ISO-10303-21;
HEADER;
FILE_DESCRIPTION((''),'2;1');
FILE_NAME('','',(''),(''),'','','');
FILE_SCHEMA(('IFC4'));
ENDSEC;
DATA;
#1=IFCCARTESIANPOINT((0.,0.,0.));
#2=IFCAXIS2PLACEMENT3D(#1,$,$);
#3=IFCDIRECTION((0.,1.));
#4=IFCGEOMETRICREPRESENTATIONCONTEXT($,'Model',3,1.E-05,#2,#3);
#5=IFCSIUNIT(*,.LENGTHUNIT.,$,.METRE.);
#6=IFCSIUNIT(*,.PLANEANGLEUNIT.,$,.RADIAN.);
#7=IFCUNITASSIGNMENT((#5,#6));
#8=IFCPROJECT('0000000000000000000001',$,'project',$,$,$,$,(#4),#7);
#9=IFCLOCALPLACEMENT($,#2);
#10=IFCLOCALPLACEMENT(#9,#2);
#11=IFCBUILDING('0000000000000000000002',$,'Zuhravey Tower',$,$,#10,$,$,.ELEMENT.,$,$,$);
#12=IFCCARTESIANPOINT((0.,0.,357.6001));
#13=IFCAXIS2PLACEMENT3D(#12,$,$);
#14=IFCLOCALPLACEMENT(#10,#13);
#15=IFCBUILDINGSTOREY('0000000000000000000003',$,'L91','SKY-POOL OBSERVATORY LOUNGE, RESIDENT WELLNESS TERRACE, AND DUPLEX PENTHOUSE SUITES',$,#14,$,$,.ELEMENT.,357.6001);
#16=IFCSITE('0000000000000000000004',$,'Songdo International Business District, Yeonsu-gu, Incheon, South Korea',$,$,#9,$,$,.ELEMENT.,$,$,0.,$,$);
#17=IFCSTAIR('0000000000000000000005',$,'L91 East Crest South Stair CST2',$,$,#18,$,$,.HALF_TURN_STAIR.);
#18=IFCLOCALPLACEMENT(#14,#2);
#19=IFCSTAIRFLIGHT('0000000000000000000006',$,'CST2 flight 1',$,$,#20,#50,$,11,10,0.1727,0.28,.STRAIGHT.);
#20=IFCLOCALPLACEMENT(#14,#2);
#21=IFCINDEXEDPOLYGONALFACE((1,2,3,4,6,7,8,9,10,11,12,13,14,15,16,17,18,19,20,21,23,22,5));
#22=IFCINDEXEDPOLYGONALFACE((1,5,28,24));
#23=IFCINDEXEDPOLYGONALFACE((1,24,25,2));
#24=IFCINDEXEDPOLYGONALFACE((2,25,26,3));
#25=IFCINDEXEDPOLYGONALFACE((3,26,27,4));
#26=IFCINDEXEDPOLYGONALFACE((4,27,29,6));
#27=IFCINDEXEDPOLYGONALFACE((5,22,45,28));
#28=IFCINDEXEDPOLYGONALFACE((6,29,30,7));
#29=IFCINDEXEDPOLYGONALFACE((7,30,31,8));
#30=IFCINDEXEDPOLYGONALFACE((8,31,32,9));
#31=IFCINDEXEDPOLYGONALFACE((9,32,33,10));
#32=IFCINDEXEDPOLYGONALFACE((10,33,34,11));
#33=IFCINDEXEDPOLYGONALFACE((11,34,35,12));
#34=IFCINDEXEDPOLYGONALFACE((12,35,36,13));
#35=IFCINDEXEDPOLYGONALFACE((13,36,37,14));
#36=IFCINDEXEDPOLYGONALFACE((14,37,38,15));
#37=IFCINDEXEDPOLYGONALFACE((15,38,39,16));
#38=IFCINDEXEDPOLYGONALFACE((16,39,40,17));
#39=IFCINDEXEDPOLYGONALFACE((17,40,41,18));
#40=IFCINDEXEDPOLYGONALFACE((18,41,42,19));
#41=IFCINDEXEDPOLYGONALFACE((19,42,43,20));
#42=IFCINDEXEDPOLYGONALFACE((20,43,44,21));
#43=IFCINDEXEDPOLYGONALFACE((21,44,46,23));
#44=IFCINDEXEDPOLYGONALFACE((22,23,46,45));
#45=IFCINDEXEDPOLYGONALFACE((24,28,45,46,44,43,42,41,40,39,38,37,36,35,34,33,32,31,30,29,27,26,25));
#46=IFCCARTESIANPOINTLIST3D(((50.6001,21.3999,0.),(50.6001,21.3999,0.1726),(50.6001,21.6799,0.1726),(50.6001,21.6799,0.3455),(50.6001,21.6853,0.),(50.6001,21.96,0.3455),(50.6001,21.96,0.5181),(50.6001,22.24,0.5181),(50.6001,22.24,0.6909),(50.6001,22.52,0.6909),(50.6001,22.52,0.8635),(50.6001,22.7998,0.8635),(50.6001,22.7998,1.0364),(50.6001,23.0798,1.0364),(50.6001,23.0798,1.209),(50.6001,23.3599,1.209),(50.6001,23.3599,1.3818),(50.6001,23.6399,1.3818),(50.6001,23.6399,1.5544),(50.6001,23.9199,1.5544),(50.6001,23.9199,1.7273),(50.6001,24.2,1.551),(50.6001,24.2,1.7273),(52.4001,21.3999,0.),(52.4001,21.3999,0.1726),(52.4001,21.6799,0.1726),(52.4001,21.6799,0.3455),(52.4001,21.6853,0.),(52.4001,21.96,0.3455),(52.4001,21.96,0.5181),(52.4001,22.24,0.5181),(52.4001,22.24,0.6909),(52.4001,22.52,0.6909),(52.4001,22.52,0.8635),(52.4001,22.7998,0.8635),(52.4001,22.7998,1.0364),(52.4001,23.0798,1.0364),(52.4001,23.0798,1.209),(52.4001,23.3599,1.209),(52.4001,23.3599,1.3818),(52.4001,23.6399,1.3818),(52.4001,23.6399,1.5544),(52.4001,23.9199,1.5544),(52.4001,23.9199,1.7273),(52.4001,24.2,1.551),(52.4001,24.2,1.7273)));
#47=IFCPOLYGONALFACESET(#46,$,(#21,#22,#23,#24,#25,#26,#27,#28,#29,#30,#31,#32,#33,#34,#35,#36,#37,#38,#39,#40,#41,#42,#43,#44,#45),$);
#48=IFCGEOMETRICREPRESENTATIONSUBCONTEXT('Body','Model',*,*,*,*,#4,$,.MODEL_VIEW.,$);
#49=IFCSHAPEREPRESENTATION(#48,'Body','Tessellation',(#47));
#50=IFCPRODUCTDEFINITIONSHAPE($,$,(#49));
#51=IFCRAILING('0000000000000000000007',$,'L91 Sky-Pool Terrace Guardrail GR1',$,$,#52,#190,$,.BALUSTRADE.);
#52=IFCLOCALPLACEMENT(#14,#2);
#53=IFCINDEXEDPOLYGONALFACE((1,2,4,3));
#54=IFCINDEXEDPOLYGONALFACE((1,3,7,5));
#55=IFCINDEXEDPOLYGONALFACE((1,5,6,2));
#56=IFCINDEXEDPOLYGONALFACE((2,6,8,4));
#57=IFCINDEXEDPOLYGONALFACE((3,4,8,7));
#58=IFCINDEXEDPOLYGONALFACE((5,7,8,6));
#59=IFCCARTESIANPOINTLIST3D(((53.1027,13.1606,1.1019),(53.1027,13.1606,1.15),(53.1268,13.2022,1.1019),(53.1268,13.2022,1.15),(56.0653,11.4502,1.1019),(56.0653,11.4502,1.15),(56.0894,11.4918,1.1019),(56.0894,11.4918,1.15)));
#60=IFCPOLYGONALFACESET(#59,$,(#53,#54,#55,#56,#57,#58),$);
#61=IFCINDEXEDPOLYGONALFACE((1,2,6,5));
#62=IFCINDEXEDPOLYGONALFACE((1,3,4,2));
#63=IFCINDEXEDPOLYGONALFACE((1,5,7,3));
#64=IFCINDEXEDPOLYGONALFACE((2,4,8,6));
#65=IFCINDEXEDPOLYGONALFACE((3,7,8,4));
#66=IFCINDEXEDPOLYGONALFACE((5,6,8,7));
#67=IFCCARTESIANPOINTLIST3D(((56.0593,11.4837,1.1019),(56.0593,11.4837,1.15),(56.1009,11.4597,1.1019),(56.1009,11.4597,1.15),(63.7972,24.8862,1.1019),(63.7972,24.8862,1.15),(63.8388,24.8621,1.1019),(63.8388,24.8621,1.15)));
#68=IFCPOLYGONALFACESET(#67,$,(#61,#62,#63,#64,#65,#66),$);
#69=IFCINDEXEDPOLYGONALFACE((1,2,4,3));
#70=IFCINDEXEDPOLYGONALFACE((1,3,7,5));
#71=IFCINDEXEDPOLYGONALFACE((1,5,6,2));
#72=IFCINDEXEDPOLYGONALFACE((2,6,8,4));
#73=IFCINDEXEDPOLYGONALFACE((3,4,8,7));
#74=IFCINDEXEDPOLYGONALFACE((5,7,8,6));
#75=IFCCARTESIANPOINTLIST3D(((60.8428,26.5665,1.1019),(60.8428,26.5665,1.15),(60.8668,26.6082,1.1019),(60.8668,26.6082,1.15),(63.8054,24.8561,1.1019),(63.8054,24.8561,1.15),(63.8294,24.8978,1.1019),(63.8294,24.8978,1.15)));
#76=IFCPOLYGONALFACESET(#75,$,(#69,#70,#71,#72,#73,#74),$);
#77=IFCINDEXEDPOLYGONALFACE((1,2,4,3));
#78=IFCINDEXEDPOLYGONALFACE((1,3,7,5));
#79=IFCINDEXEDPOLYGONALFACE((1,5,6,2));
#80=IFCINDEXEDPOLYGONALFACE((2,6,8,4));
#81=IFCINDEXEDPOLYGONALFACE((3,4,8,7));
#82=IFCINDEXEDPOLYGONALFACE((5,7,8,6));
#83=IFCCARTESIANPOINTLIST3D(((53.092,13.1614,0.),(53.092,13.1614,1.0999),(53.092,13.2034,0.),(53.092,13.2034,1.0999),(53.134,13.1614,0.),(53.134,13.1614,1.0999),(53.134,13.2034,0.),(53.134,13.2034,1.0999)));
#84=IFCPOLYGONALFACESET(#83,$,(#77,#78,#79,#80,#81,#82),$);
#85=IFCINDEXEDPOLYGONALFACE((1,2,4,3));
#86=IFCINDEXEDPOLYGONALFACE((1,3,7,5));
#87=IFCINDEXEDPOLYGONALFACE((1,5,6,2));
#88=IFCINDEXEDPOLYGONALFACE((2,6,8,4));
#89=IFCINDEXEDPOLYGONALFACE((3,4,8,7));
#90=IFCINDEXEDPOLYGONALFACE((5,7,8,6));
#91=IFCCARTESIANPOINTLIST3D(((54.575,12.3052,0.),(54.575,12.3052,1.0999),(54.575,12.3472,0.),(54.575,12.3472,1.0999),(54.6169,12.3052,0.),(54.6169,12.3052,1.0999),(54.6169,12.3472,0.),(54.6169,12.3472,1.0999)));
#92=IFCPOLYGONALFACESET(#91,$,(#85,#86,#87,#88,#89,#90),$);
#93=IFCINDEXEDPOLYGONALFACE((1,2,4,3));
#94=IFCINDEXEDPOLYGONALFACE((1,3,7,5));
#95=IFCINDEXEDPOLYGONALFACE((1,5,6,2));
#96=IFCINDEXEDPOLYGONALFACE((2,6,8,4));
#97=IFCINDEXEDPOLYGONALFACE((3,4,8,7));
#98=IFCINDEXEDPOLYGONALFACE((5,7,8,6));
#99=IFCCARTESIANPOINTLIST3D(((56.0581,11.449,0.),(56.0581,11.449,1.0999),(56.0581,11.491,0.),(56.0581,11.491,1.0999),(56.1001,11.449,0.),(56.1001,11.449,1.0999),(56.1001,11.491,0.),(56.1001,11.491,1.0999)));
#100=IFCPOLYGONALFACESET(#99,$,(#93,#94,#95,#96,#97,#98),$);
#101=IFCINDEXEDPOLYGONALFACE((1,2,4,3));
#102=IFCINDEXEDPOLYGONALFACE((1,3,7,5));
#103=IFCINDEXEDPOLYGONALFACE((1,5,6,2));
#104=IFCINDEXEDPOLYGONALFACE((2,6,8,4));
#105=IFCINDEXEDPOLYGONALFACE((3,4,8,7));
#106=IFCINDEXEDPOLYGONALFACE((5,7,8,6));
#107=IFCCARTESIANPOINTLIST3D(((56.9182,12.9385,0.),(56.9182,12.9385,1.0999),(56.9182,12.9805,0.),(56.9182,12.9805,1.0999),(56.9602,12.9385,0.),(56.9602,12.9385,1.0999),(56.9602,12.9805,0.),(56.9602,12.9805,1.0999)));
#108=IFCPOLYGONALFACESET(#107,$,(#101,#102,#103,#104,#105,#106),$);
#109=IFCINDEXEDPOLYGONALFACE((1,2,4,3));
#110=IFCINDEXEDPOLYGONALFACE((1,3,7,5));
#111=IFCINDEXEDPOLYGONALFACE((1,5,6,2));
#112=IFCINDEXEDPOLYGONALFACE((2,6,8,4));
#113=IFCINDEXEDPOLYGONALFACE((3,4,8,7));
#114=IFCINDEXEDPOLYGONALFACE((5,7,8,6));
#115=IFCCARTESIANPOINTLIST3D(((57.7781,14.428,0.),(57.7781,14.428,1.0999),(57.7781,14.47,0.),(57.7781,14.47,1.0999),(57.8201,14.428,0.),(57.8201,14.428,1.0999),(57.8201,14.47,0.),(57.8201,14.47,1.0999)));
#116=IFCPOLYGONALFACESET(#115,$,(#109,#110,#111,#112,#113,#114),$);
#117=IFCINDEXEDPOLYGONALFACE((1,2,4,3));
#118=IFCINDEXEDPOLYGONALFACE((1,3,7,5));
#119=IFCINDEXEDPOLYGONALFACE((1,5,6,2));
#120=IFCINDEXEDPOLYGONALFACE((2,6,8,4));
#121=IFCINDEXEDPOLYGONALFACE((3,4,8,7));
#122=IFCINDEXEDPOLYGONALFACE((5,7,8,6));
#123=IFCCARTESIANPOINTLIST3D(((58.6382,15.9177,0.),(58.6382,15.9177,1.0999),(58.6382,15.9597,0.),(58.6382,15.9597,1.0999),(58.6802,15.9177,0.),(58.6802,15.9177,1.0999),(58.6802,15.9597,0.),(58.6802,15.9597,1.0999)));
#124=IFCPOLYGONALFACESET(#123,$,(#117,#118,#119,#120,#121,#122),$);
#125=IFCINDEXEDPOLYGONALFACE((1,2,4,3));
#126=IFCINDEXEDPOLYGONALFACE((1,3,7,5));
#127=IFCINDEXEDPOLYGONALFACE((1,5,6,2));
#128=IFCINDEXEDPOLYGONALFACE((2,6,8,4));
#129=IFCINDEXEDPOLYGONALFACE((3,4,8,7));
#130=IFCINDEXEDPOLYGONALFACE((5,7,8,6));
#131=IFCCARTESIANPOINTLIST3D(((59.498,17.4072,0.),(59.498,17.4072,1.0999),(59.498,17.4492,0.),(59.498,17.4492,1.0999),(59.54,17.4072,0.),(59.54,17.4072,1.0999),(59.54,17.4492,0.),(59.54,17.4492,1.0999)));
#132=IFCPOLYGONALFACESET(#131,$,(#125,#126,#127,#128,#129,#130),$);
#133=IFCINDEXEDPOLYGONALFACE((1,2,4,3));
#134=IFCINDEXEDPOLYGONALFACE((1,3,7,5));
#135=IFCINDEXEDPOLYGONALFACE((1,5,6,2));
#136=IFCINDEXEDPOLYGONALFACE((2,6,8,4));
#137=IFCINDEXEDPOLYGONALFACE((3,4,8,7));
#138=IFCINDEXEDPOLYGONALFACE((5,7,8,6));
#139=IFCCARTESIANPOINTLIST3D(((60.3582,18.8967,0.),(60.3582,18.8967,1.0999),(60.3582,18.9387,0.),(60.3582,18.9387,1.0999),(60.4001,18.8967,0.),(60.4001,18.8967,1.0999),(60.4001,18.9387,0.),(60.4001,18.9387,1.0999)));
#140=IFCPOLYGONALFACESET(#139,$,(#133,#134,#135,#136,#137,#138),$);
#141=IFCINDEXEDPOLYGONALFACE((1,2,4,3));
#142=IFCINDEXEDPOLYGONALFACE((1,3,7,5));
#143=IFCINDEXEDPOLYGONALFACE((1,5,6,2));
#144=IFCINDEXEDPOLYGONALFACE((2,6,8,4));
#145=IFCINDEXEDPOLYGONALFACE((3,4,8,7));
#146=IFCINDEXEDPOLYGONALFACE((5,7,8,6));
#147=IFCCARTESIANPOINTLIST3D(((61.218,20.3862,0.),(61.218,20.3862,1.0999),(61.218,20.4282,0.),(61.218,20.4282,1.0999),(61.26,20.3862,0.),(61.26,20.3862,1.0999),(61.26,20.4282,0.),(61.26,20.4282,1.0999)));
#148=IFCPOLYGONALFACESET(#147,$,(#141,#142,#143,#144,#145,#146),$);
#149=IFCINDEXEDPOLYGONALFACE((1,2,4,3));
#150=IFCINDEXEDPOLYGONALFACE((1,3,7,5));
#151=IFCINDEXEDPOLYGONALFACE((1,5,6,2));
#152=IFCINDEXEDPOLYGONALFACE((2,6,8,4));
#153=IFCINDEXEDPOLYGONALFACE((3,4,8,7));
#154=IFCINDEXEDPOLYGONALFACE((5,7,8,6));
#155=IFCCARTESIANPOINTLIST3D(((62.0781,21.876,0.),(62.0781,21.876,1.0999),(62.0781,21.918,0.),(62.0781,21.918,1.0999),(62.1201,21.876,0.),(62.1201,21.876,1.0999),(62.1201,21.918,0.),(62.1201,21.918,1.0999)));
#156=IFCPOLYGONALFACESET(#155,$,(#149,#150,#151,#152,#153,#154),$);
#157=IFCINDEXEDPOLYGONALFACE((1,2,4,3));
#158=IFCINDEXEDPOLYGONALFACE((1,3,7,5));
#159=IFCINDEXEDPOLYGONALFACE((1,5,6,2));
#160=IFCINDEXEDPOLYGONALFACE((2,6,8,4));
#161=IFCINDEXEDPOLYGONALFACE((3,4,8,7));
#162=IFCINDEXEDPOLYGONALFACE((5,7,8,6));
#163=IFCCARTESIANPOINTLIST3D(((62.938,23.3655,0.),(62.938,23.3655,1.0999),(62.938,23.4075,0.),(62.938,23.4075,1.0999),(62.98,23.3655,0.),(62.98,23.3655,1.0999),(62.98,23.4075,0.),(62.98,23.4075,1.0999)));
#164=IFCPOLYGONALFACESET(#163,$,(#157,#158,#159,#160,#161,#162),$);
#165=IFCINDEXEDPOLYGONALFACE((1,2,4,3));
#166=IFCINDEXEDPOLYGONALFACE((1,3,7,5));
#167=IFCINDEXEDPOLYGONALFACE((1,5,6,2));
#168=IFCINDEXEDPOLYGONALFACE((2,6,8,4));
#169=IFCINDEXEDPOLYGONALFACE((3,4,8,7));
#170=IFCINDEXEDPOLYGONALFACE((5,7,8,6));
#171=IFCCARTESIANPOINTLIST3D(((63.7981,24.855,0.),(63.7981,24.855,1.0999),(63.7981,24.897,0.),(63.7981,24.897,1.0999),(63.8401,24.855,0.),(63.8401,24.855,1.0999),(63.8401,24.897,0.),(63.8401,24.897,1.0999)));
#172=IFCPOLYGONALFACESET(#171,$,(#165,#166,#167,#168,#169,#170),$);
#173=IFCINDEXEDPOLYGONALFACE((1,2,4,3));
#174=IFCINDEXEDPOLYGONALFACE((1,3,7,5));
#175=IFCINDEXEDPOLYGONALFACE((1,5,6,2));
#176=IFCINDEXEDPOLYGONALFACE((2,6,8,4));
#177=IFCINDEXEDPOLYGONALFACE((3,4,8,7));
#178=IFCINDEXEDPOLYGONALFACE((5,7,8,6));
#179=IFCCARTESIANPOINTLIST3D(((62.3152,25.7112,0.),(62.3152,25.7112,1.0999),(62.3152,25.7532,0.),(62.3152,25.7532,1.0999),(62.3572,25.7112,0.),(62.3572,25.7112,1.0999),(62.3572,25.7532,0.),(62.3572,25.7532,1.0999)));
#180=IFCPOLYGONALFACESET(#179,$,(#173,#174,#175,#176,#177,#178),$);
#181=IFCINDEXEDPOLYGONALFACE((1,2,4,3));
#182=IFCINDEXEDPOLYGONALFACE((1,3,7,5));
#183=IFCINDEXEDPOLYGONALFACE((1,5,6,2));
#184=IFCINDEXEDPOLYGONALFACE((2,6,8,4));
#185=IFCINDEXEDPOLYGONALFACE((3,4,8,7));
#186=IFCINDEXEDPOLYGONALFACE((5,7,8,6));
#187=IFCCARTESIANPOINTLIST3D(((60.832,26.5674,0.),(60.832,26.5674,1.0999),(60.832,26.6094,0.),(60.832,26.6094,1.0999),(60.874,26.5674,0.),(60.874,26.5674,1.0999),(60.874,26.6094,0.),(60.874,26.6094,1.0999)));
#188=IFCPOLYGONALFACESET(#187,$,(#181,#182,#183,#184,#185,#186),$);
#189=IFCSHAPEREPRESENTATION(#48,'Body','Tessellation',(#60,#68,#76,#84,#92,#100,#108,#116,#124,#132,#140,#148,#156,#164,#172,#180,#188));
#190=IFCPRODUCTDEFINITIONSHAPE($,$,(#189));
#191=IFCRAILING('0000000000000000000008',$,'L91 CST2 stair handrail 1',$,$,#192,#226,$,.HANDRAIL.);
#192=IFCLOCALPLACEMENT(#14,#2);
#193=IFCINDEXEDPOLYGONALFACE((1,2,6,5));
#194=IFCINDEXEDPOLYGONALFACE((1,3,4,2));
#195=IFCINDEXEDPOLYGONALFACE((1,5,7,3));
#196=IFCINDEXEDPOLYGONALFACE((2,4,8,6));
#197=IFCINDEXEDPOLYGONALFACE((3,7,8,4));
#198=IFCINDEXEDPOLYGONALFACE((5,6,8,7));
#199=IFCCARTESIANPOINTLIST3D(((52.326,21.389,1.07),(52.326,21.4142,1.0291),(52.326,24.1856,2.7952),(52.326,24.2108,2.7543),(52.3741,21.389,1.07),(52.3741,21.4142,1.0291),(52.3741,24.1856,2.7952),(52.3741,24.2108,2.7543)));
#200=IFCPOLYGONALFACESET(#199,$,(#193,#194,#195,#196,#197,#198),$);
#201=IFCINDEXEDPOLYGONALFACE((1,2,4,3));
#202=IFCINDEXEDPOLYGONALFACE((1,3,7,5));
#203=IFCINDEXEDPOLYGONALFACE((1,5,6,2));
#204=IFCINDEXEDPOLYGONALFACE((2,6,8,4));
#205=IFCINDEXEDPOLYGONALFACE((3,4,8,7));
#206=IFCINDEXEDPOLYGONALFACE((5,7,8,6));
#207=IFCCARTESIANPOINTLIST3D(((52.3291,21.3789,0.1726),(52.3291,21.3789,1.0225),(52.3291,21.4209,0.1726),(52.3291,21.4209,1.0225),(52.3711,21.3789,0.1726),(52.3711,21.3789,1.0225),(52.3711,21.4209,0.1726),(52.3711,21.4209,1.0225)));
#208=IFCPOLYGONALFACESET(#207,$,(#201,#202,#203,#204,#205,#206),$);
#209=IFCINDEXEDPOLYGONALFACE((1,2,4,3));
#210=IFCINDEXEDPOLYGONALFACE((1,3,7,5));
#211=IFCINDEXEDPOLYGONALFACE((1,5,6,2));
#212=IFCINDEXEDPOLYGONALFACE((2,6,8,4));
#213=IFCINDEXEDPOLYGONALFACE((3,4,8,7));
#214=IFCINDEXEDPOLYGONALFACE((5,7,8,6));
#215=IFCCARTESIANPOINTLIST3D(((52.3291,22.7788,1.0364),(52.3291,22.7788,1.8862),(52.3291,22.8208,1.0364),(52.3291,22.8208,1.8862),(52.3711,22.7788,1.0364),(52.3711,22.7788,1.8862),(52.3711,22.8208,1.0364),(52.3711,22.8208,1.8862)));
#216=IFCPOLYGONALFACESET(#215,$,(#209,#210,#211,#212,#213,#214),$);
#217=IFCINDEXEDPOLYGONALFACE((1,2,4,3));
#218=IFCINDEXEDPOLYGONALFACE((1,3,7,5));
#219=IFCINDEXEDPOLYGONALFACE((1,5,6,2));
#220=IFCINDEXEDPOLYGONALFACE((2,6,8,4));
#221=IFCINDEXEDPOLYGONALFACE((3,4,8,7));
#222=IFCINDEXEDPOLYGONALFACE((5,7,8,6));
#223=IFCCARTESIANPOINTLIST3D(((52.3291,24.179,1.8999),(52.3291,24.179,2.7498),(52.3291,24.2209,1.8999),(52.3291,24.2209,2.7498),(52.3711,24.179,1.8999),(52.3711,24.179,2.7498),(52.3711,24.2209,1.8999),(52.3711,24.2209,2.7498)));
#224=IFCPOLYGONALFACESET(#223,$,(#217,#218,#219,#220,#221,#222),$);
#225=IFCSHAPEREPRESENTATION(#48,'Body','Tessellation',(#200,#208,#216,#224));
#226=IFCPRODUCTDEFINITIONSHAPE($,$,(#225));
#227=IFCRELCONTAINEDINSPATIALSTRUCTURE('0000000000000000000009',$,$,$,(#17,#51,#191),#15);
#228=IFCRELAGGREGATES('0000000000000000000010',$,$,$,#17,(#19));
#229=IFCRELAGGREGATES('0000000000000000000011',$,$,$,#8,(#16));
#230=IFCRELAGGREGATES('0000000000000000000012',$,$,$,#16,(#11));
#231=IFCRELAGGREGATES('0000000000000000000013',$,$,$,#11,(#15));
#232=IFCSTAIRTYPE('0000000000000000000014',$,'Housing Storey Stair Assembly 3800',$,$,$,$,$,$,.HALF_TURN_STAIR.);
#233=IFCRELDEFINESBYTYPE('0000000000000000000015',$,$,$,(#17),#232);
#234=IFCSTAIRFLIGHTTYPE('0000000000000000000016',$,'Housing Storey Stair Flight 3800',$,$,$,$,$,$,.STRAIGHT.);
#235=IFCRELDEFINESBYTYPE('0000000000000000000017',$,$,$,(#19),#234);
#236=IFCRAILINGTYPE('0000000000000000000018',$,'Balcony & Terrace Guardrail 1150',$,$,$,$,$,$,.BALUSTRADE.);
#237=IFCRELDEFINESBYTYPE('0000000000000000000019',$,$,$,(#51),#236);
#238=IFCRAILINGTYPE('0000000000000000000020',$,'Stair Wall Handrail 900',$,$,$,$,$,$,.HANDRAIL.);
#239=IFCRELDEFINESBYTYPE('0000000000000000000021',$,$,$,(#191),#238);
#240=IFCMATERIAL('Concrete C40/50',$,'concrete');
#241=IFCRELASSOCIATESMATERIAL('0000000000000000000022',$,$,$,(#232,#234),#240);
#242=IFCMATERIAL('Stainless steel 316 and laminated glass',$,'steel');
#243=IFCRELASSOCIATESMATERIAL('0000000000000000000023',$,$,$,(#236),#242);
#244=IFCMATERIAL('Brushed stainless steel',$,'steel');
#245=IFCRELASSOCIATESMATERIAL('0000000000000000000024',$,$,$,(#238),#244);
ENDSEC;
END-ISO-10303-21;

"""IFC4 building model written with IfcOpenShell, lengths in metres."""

from ifc_helpers import new_model, si_unit, direction, frame, origin, origin_2d, place, context, subcontext, project, spatial, polyline, rectangle, outline, extrude, material, type_object, element, aggregate, save


model = new_model("IFC4")

# Units and contexts
model_context = context("Model", 3, precision=1e-05, world=origin(), true_north=direction((0.0, 1.0)))
body_context = subcontext(model_context, "Body", "Model", "MODEL_VIEW")
ifc_project = project(units=[si_unit("LENGTHUNIT", "METRE"), si_unit("PLANEANGLEUNIT", "RADIAN")], contexts=[model_context])

# Site, building, storey
site_placement = place(None, origin())
site = spatial("IfcSite", under=ifc_project, at=site_placement, Name="Songdo International Business District, Yeonsu-gu, Incheon, South Korea", CompositionType="ELEMENT", RefElevation=0.0)
building_placement = place(site_placement, origin())
building = spatial("IfcBuilding", under=site, at=building_placement, Name="Zuhravey Tower", CompositionType="ELEMENT")
storey_placement = place(building_placement, frame((0.0, 0.0, 357.6001)))
storey = spatial("IfcBuildingStorey", under=building, at=storey_placement, Name="L91", Description="SKY-POOL OBSERVATORY LOUNGE, RESIDENT WELLNESS TERRACE, AND DUPLEX PENTHOUSE SUITES", CompositionType="ELEMENT", Elevation=357.6001)

# Stair, stair flight
ifc_material_1 = material(Name="Concrete C40/50", Category="concrete")
stair_type = type_object("IfcStairType", Name="Housing Storey Stair Assembly 3800", PredefinedType="HALF_TURN_STAIR", material=ifc_material_1)
stair_placement = place(storey_placement, origin())
stair = element("IfcStair", 1, at=stair_placement, inside=storey, type_object=stair_type, Name="L91 East Crest South Stair CST2", PredefinedType="HALF_TURN_STAIR")
stair_flight_type = type_object("IfcStairFlightType", Name="Housing Storey Stair Flight 3800", PredefinedType="STRAIGHT", material=ifc_material_1)
stair_flight_placement = place(storey_placement, frame((51.5, 21.3999, 0.0), z_axis=(0.0, 0.0, 1.0), x_axis=(0.0, 1.0, 0.0)))
stair_flight = element("IfcStairFlight", 2, at=stair_flight_placement, type_object=stair_flight_type, Name="CST2 flight 1", NumberOfRisers=11, NumberOfTreads=10, PredefinedType="STRAIGHT", RiserHeight=0.1727, TreadLength=0.28, context=body_context, shape_type="SweptSolid", body=[
    extrude(outline(polyline([(0.0, 0.0), (0.0, 0.1726), (0.28, 0.1726), (0.28, 0.3455), (0.5601, 0.3455), (0.5601, 0.5181), (0.8401, 0.5181), (0.8401, 0.6909), (1.1201, 0.6909), (1.1201, 0.8635), (1.3999, 0.8635), (1.3999, 1.0364), (1.6799, 1.0364), (1.6799, 1.209), (1.96, 1.209), (1.96, 1.3818), (2.24, 1.3818), (2.24, 1.5544), (2.52, 1.5544), (2.52, 1.7273), (2.8, 1.7273), (2.8, 1.8999), (2.8, 1.551), (0.2854, 0.0), (0.0, 0.0)])), frame((0.0, 0.8999, 0.0), z_axis=(0.0, -1.0, 0.0), x_axis=(1.0, 0.0, 0.0)), (0.0, 0.0, 1.0), 1.8),
])
aggregate(stair, [stair_flight])

# Railings
ifc_material_2 = material(Name="Stainless steel 316 and laminated glass", Category="steel")
railing_type_1 = type_object("IfcRailingType", Name="Balcony & Terrace Guardrail 1150", PredefinedType="BALUSTRADE", material=ifc_material_2)
railing_1_placement = place(storey_placement, frame((53.113, 13.1824, 0.0)))
element("IfcRailing", 3, at=railing_1_placement, inside=storey, type_object=railing_type_1, Name="L91 Sky-Pool Terrace Guardrail GR1", PredefinedType="BALUSTRADE", context=body_context, shape_type="SweptSolid", body=[
    extrude(rectangle(XDim=0.0481, YDim=0.0481, at=origin_2d()), frame((0.0017, -0.001, 1.126), z_axis=(0.866032, -0.499988, 0.0), x_axis=(0.499988, 0.866032, 0.0)), (0.0, 0.0, 1.0), 3.4209),
    extrude(rectangle(XDim=0.0481, YDim=0.0481, at=origin_2d()), frame((2.967, -1.7107, 1.126), z_axis=(0.500001, 0.866025, 0.0), x_axis=(-0.866025, 0.500001, 0.0)), (0.0, 0.0, 1.0), 15.4758),
    extrude(rectangle(XDim=0.0481, YDim=0.0481, at=origin_2d()), frame((10.7043, 11.6946, 1.126), z_axis=(-0.866032, 0.499988, 0.0), x_axis=(-0.499988, -0.866032, 0.0)), (0.0, 0.0, 1.0), 3.4209),
    extrude(rectangle(XDim=0.042, YDim=0.042, at=origin_2d()), origin(), (0.0, 0.0, 1.0), 1.0999),
    extrude(rectangle(XDim=0.042, YDim=0.042, at=origin_2d()), frame((1.4829, -0.8562, 0.0)), (0.0, 0.0, 1.0), 1.0999),
    extrude(rectangle(XDim=0.042, YDim=0.042, at=origin_2d()), frame((2.9661, -1.7124, 0.0)), (0.0, 0.0, 1.0), 1.0999),
    extrude(rectangle(XDim=0.042, YDim=0.042, at=origin_2d()), frame((3.8262, -0.2229, 0.0)), (0.0, 0.0, 1.0), 1.0999),
    extrude(rectangle(XDim=0.042, YDim=0.042, at=origin_2d()), frame((4.686, 1.2666, 0.0)), (0.0, 0.0, 1.0), 1.0999),
    extrude(rectangle(XDim=0.042, YDim=0.042, at=origin_2d()), frame((5.5461, 2.7563, 0.0)), (0.0, 0.0, 1.0), 1.0999),
    extrude(rectangle(XDim=0.042, YDim=0.042, at=origin_2d()), frame((6.406, 4.2458, 0.0)), (0.0, 0.0, 1.0), 1.0999),
    extrude(rectangle(XDim=0.042, YDim=0.042, at=origin_2d()), frame((7.2661, 5.7354, 0.0)), (0.0, 0.0, 1.0), 1.0999),
    extrude(rectangle(XDim=0.042, YDim=0.042, at=origin_2d()), frame((8.126, 7.2249, 0.0)), (0.0, 0.0, 1.0), 1.0999),
    extrude(rectangle(XDim=0.042, YDim=0.042, at=origin_2d()), frame((8.9861, 8.7146, 0.0)), (0.0, 0.0, 1.0), 1.0999),
    extrude(rectangle(XDim=0.042, YDim=0.042, at=origin_2d()), frame((9.8459, 10.2041, 0.0)), (0.0, 0.0, 1.0), 1.0999),
    extrude(rectangle(XDim=0.042, YDim=0.042, at=origin_2d()), frame((10.7061, 11.6936, 0.0)), (0.0, 0.0, 1.0), 1.0999),
    extrude(rectangle(XDim=0.042, YDim=0.042, at=origin_2d()), frame((9.2231, 12.5498, 0.0)), (0.0, 0.0, 1.0), 1.0999),
    extrude(rectangle(XDim=0.042, YDim=0.042, at=origin_2d()), frame((7.74, 13.406, 0.0)), (0.0, 0.0, 1.0), 1.0999),
])
ifc_material_3 = material(Name="Brushed stainless steel", Category="steel")
railing_type_2 = type_object("IfcRailingType", Name="Stair Wall Handrail 900", PredefinedType="HANDRAIL", material=ifc_material_3)
railing_2_placement = place(storey_placement, frame((52.3501, 21.3999, 0.1726)))
element("IfcRailing", 4, at=railing_2_placement, inside=storey, type_object=railing_type_2, Name="L91 CST2 stair handrail 1", PredefinedType="HANDRAIL", context=body_context, shape_type="SweptSolid", body=[
    extrude(rectangle(XDim=0.0481, YDim=0.0481, at=origin_2d()), frame((0.0, 0.0017, 0.877), z_axis=(0.0, 0.85109, 0.52502), x_axis=(-1.0, 0.0, 0.0)), (0.0, 0.0, 1.0), 3.2859),
    extrude(rectangle(XDim=0.042, YDim=0.042, at=origin_2d()), origin(), (0.0, 0.0, 1.0), 0.8499),
    extrude(rectangle(XDim=0.042, YDim=0.042, at=origin_2d()), frame((0.0, 1.3999, 0.8638)), (0.0, 0.0, 1.0), 0.8499),
    extrude(rectangle(XDim=0.042, YDim=0.042, at=origin_2d()), frame((0.0, 2.8, 1.7273)), (0.0, 0.0, 1.0), 0.8499),
])

save(model, "model.ifc")
